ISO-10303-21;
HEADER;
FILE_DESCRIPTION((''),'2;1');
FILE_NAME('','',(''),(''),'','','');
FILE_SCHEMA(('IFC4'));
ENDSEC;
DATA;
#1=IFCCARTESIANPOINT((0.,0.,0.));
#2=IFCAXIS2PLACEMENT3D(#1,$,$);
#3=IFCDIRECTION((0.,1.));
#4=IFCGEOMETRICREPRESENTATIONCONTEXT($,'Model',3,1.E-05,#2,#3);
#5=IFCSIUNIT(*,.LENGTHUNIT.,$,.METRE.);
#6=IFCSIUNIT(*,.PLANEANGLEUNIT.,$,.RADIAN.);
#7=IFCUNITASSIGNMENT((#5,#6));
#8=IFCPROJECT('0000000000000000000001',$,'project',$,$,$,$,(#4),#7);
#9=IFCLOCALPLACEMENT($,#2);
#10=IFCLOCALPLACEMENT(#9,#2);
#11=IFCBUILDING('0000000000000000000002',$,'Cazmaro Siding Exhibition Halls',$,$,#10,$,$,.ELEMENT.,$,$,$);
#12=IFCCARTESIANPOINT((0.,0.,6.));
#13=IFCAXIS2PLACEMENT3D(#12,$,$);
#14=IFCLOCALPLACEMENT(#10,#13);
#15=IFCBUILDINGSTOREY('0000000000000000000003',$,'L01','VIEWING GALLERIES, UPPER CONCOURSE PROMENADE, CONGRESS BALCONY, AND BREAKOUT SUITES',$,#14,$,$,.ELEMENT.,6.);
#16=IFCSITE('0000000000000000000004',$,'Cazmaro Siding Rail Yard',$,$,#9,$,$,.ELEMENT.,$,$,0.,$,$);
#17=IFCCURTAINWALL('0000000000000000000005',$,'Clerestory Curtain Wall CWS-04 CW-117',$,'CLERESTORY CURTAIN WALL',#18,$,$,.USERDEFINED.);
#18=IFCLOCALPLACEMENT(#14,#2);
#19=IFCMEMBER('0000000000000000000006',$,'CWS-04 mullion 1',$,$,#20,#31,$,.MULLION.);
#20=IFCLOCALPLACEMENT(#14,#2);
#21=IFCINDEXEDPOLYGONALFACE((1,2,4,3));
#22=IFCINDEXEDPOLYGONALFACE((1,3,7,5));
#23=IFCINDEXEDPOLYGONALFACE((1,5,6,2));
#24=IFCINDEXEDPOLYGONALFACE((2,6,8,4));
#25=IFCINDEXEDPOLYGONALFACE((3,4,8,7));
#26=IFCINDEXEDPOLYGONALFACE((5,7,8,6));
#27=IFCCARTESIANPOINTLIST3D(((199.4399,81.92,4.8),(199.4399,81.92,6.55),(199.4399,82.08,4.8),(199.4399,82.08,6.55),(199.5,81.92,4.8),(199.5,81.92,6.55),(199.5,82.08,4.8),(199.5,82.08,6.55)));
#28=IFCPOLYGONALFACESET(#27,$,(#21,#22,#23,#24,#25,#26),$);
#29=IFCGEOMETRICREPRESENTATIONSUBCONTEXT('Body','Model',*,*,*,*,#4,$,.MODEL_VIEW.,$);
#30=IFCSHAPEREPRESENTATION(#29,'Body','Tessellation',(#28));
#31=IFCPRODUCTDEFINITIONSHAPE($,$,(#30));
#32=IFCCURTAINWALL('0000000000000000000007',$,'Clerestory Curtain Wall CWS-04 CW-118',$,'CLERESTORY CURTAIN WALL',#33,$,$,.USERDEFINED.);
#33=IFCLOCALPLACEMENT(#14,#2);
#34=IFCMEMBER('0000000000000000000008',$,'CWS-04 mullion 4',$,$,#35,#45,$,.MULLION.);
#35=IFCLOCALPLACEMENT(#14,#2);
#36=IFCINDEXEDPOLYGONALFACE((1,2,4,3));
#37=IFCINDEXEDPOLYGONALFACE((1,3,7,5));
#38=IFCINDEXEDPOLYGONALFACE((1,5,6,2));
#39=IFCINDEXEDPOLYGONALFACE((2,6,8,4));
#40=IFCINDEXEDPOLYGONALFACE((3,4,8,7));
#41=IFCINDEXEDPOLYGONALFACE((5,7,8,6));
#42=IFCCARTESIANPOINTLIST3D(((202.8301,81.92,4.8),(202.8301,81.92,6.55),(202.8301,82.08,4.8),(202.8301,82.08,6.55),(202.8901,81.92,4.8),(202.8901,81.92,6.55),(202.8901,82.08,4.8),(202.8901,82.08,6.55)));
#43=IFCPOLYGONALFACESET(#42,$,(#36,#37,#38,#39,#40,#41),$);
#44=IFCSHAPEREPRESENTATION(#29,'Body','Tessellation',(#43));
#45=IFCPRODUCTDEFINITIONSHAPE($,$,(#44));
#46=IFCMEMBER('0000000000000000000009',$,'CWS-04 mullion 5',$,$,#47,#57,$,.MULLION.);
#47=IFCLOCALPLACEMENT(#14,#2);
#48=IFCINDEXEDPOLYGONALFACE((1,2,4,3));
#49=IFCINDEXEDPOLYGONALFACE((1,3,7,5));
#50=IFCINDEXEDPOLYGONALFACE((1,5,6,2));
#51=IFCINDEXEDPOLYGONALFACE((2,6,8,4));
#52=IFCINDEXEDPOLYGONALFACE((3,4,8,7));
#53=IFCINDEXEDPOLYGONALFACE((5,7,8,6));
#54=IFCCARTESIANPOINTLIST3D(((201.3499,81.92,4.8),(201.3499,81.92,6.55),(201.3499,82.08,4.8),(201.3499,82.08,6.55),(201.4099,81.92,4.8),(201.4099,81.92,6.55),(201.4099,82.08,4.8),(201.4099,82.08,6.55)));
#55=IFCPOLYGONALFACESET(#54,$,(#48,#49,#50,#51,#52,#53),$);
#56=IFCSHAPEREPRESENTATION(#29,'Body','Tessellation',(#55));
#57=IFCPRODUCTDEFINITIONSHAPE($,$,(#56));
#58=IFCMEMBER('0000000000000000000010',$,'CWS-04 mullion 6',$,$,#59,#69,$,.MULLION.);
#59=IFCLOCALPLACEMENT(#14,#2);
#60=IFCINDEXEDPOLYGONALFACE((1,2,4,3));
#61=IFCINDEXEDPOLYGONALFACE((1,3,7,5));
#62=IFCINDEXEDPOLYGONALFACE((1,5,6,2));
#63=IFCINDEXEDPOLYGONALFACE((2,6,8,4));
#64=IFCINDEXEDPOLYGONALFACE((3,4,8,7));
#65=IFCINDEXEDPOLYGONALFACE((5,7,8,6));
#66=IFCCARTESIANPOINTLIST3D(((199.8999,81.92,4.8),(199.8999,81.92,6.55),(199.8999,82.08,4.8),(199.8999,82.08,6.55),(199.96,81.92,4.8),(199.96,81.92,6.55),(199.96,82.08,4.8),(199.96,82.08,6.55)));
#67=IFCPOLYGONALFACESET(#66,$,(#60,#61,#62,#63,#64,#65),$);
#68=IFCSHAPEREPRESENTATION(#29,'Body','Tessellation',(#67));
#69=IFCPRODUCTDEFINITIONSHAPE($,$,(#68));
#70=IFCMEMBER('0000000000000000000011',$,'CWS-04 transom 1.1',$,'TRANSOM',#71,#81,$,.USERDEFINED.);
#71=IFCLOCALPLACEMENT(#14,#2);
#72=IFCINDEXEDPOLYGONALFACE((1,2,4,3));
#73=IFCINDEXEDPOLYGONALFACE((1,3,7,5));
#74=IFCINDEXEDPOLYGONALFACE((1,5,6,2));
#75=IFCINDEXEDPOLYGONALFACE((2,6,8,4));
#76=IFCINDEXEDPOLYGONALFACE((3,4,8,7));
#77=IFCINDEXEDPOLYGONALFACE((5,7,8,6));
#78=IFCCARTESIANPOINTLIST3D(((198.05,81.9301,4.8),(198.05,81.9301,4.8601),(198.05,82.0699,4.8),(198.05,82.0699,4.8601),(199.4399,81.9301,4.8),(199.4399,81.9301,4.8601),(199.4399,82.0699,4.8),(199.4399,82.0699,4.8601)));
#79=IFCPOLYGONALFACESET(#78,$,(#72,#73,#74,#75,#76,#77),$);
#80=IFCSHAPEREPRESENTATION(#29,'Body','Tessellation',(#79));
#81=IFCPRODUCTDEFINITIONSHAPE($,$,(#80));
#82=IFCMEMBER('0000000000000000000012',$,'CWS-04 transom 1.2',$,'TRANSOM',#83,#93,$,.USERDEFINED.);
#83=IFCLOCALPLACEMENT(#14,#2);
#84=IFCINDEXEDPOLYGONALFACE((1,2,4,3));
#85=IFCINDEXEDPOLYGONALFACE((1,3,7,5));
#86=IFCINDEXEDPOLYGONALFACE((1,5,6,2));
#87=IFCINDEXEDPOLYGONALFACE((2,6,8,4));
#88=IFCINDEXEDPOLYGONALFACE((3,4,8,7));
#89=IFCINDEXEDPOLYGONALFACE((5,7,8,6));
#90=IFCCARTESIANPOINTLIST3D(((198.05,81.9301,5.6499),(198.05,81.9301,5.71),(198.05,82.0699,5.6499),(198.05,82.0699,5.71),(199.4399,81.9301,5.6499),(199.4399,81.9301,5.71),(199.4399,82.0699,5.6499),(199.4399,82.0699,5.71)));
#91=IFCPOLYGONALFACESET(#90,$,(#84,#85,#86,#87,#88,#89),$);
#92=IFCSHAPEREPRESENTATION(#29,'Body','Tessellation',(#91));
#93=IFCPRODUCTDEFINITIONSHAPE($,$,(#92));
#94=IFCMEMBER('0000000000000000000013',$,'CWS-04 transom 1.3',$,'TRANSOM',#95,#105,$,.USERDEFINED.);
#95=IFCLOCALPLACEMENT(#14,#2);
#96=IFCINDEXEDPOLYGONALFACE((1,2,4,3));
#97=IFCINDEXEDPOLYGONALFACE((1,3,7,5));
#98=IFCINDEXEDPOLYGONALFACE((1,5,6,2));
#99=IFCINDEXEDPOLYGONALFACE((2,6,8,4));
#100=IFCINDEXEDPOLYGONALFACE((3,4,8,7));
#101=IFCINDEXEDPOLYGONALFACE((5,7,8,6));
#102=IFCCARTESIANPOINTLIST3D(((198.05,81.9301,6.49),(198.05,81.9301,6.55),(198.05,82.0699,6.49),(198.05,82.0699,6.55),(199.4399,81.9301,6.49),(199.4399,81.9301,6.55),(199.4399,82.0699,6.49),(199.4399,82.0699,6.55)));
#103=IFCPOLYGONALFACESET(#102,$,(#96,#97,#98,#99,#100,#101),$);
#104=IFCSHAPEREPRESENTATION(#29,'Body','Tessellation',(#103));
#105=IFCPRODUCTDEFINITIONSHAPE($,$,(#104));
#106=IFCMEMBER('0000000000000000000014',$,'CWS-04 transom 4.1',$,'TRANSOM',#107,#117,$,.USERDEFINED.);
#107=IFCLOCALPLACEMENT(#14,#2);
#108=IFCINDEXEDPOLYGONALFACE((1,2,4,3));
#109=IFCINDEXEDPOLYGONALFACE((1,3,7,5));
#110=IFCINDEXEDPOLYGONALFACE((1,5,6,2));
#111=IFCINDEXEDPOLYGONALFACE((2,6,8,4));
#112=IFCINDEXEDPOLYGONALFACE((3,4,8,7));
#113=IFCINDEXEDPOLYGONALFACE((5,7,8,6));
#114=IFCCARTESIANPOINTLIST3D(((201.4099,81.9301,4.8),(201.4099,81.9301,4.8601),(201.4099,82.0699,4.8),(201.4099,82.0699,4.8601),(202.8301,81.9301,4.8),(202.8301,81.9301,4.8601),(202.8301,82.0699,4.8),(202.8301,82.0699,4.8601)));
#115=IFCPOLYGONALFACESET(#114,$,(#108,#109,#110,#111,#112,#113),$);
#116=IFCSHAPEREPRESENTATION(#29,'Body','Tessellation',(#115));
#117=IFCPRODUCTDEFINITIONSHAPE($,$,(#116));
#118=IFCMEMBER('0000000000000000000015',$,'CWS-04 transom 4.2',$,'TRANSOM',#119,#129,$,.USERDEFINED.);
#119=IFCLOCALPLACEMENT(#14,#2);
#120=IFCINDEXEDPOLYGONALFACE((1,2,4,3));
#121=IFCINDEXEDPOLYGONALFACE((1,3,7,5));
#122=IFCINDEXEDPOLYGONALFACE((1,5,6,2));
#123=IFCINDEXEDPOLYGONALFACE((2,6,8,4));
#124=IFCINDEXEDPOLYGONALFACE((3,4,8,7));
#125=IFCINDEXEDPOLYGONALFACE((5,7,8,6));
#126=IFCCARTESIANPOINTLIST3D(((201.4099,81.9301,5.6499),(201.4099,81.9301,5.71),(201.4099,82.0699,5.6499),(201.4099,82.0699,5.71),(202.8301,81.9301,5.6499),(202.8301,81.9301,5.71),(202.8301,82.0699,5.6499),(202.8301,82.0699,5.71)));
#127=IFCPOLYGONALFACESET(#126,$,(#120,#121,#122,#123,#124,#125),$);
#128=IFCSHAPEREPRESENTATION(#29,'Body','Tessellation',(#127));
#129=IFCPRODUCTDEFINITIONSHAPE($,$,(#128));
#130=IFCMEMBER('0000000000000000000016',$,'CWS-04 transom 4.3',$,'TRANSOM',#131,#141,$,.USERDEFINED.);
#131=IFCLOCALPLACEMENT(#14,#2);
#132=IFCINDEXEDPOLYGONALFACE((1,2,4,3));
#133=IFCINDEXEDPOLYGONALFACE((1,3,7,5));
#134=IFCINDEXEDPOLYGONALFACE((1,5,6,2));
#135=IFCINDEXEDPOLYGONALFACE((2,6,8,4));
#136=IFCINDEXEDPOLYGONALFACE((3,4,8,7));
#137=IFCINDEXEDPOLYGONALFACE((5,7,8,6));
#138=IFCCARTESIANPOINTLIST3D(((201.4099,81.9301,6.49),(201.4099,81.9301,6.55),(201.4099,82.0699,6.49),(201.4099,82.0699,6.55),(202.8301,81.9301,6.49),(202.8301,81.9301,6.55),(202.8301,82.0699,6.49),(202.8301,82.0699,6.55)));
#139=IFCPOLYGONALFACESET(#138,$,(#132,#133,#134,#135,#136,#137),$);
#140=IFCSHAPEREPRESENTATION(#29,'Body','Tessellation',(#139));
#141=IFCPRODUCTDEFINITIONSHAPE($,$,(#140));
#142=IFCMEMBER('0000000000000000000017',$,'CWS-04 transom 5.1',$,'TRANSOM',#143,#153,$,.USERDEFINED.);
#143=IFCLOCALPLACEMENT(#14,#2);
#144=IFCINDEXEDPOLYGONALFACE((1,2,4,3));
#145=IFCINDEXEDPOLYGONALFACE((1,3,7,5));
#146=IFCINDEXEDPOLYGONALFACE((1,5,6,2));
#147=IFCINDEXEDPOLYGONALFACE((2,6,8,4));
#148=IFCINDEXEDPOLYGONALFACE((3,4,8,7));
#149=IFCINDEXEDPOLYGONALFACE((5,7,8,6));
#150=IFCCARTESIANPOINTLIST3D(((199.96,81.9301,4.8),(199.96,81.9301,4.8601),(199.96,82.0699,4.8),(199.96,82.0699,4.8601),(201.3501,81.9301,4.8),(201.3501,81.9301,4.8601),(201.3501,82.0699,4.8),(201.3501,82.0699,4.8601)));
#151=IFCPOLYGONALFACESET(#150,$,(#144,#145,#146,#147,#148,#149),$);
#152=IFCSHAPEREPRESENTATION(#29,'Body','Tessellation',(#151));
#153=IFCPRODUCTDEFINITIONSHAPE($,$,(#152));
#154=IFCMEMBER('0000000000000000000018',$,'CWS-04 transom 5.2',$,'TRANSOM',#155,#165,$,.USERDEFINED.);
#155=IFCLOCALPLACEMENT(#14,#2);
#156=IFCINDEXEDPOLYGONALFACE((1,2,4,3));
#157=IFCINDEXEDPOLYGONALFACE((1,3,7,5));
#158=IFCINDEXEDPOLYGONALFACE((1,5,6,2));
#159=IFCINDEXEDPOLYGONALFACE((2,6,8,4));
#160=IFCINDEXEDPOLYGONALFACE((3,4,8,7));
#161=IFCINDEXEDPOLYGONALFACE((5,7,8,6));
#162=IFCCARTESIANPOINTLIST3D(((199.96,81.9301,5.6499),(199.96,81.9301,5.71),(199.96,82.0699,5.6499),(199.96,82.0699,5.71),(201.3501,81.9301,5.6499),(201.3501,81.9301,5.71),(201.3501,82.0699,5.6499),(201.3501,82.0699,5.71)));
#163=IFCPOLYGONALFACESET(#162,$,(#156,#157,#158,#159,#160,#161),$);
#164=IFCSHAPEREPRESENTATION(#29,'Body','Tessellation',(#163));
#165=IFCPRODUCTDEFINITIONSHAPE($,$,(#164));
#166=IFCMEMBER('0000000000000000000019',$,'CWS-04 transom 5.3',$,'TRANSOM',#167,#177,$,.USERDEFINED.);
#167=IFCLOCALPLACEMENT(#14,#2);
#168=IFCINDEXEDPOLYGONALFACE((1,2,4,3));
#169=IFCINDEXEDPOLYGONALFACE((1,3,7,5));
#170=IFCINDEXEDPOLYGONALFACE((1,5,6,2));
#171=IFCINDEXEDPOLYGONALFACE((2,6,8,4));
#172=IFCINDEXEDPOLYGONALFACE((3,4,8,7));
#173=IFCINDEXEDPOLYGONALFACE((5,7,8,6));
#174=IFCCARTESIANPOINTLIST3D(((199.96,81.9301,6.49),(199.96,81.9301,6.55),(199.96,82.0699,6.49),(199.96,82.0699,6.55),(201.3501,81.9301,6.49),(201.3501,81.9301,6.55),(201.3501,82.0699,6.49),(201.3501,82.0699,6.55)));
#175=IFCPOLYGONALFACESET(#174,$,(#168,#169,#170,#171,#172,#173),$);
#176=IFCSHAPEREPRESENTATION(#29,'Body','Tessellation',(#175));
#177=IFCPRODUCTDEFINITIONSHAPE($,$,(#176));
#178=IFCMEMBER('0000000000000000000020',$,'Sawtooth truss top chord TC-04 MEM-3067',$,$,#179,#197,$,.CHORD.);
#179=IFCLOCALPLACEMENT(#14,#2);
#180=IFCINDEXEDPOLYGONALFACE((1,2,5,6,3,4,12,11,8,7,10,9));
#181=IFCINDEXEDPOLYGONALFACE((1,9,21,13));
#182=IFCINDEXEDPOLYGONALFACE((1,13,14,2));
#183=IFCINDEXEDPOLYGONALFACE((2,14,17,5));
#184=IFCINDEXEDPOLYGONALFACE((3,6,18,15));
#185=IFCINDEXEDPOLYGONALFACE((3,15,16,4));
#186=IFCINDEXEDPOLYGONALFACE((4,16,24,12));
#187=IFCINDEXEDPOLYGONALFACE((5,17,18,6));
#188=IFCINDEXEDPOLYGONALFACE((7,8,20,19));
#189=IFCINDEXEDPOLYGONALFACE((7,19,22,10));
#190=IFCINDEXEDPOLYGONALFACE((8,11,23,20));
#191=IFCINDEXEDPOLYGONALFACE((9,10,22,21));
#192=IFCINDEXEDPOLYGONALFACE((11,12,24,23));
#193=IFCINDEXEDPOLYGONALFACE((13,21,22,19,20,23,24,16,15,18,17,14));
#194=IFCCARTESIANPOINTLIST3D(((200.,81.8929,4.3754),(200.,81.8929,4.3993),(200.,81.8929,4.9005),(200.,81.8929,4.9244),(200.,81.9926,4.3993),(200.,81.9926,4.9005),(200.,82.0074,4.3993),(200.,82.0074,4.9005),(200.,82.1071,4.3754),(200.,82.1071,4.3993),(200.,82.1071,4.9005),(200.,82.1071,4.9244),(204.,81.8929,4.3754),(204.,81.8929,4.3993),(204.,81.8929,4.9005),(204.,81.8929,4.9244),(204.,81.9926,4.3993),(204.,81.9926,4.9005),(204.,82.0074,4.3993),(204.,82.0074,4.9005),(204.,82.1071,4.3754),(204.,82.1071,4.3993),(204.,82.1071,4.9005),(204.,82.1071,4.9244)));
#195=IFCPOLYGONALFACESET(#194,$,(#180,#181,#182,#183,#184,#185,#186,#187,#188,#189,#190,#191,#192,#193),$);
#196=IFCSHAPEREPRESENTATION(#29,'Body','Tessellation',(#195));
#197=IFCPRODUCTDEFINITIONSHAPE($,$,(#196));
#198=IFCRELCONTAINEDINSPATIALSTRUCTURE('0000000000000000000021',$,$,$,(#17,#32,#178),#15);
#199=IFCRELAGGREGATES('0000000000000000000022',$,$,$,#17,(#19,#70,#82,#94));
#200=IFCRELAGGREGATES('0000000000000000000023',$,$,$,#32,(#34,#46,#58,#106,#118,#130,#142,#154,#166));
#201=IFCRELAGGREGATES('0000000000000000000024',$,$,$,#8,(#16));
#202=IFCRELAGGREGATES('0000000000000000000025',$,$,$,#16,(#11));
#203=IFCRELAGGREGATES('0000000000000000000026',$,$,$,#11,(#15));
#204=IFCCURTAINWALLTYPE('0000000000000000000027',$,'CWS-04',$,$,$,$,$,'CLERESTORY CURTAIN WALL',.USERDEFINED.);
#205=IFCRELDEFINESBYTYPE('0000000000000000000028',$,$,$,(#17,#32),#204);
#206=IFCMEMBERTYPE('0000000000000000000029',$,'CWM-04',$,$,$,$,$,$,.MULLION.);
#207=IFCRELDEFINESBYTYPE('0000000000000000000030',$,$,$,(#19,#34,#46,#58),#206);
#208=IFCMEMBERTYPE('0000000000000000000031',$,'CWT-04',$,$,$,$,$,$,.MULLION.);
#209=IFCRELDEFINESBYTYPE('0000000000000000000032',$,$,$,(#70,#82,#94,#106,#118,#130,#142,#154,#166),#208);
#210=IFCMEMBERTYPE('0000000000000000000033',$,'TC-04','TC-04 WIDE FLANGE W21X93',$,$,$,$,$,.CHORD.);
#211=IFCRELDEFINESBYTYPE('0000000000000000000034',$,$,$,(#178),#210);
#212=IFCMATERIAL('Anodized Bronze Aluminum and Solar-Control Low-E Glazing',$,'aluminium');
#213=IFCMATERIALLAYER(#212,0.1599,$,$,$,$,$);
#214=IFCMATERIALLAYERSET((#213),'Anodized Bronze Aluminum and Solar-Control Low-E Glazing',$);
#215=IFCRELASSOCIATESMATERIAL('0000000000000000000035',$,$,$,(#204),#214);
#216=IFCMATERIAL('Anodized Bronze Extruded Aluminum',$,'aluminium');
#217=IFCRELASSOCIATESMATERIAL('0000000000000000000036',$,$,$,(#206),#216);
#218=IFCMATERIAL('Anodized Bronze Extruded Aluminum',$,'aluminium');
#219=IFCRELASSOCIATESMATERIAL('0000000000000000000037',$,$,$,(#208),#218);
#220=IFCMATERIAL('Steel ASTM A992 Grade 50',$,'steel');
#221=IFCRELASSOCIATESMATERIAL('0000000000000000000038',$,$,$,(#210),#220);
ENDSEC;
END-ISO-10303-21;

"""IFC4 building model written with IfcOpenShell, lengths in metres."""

from ifc_helpers import new_model, si_unit, direction, frame, origin, origin_2d, place, context, subcontext, project, spatial, rectangle, i_section, extrude, material, layer, layer_set, material_profile, profile_set, type_object, element, aggregate, save


model = new_model("IFC4")

# Units and contexts
model_context = context("Model", 3, precision=1e-05, world=origin(), true_north=direction((0.0, 1.0)))
body_context = subcontext(model_context, "Body", "Model", "MODEL_VIEW")
ifc_project = project(units=[si_unit("LENGTHUNIT", "METRE"), si_unit("PLANEANGLEUNIT", "RADIAN")], contexts=[model_context])

# Site, building, storey
site_placement = place(None, origin())
site = spatial("IfcSite", under=ifc_project, at=site_placement, Name="Cazmaro Siding Rail Yard", CompositionType="ELEMENT", RefElevation=0.0)
building_placement = place(site_placement, origin())
building = spatial("IfcBuilding", under=site, at=building_placement, Name="Cazmaro Siding Exhibition Halls", CompositionType="ELEMENT")
storey_placement = place(building_placement, frame((0.0, 0.0, 6.0)))
storey = spatial("IfcBuildingStorey", under=building, at=storey_placement, Name="L01", Description="VIEWING GALLERIES, UPPER CONCOURSE PROMENADE, CONGRESS BALCONY, AND BREAKOUT SUITES", CompositionType="ELEMENT", Elevation=6.0)

# Curtain wall, member
ifc_material_1 = material(Name="Anodized Bronze Aluminum and Solar-Control Low-E Glazing", Category="aluminium")
ifc_layer_1 = layer(ifc_material_1, 0.1599)
ifc_layer_set_1 = layer_set([ifc_layer_1], Name="Anodized Bronze Aluminum and Solar-Control Low-E Glazing")
curtain_wall_type = type_object("IfcCurtainWallType", Name="CWS-04", ElementType="CLERESTORY CURTAIN WALL", PredefinedType="USERDEFINED", material=ifc_layer_set_1)
curtain_wall_1_placement = place(storey_placement, origin())
curtain_wall_1 = element("IfcCurtainWall", 1, at=curtain_wall_1_placement, inside=storey, type_object=curtain_wall_type, Name="Clerestory Curtain Wall CWS-04 CW-117", ObjectType="CLERESTORY CURTAIN WALL", PredefinedType="USERDEFINED")
ifc_material_2 = material(Name="Anodized Bronze Extruded Aluminum", Category="aluminium")
ifc_material_profile_1 = material_profile(ifc_material_2, rectangle(XDim=0.1599, YDim=0.0601, at=origin_2d()), Name="CWM-04")
ifc_profile_set_1 = profile_set([ifc_material_profile_1], Name="Anodized Bronze Extruded Aluminum")
member_type_1 = type_object("IfcMemberType", Name="CWM-04", PredefinedType="MULLION", material=ifc_profile_set_1)
member_1_placement = place(storey_placement, frame((199.47, 82.0, 4.8), z_axis=(0.0, 0.0, 1.0), x_axis=(0.0, -1.0, 0.0)))
member_1 = element("IfcMember", 2, at=member_1_placement, type_object=member_type_1, Name="CWS-04 mullion 1", PredefinedType="MULLION", context=body_context, shape_type="SweptSolid", body=[
    extrude(rectangle(XDim=0.1599, YDim=0.0601, at=origin_2d()), origin(), (0.0, 0.0, 1.0), 1.75),
])

# Curtain wall, members
curtain_wall_2_placement = place(storey_placement, origin())
curtain_wall_2 = element("IfcCurtainWall", 3, at=curtain_wall_2_placement, inside=storey, type_object=curtain_wall_type, Name="Clerestory Curtain Wall CWS-04 CW-118", ObjectType="CLERESTORY CURTAIN WALL", PredefinedType="USERDEFINED")
member_2_placement = place(storey_placement, frame((202.8601, 82.0, 4.8), z_axis=(0.0, 0.0, 1.0), x_axis=(0.0, -1.0, 0.0)))
member_2 = element("IfcMember", 4, at=member_2_placement, type_object=member_type_1, Name="CWS-04 mullion 4", PredefinedType="MULLION", context=body_context, shape_type="SweptSolid", body=[
    extrude(rectangle(XDim=0.1599, YDim=0.0601, at=origin_2d()), origin(), (0.0, 0.0, 1.0), 1.75),
])
member_3_placement = place(storey_placement, frame((201.3799, 82.0, 4.8), z_axis=(0.0, 0.0, 1.0), x_axis=(0.0, -1.0, 0.0)))
member_3 = element("IfcMember", 5, at=member_3_placement, type_object=member_type_1, Name="CWS-04 mullion 5", PredefinedType="MULLION", context=body_context, shape_type="SweptSolid", body=[
    extrude(rectangle(XDim=0.1599, YDim=0.0601, at=origin_2d()), origin(), (0.0, 0.0, 1.0), 1.75),
])
member_4_placement = place(storey_placement, frame((199.9299, 82.0, 4.8), z_axis=(0.0, 0.0, 1.0), x_axis=(0.0, -1.0, 0.0)))
member_4 = element("IfcMember", 6, at=member_4_placement, type_object=member_type_1, Name="CWS-04 mullion 6", PredefinedType="MULLION", context=body_context, shape_type="SweptSolid", body=[
    extrude(rectangle(XDim=0.1599, YDim=0.0601, at=origin_2d()), origin(), (0.0, 0.0, 1.0), 1.75),
])

# Members
ifc_material_3 = material(Name="Anodized Bronze Extruded Aluminum", Category="aluminium")
ifc_material_profile_2 = material_profile(ifc_material_3, rectangle(XDim=0.1399, YDim=0.0601, at=origin_2d()), Name="CWT-04")
ifc_profile_set_2 = profile_set([ifc_material_profile_2], Name="Anodized Bronze Extruded Aluminum")
member_type_2 = type_object("IfcMemberType", Name="CWT-04", PredefinedType="MULLION", material=ifc_profile_set_2)
member_5_placement = place(storey_placement, frame((199.4399, 82.0, 4.8301), z_axis=(-1.0, 0.0, 0.0), x_axis=(0.0, -1.0, 0.0)))
member_5 = element("IfcMember", 7, at=member_5_placement, type_object=member_type_2, Name="CWS-04 transom 1.1", ObjectType="TRANSOM", PredefinedType="USERDEFINED", context=body_context, shape_type="SweptSolid", body=[
    extrude(rectangle(XDim=0.1399, YDim=0.0601, at=origin_2d()), origin(), (0.0, 0.0, 1.0), 1.3899),
])
member_6_placement = place(storey_placement, frame((199.4399, 82.0, 5.6799), z_axis=(-1.0, 0.0, 0.0), x_axis=(0.0, -1.0, 0.0)))
member_6 = element("IfcMember", 8, at=member_6_placement, type_object=member_type_2, Name="CWS-04 transom 1.2", ObjectType="TRANSOM", PredefinedType="USERDEFINED", context=body_context, shape_type="SweptSolid", body=[
    extrude(rectangle(XDim=0.1399, YDim=0.0601, at=origin_2d()), origin(), (0.0, 0.0, 1.0), 1.3899),
])
member_7_placement = place(storey_placement, frame((199.4399, 82.0, 6.52), z_axis=(-1.0, 0.0, 0.0), x_axis=(0.0, -1.0, 0.0)))
member_7 = element("IfcMember", 9, at=member_7_placement, type_object=member_type_2, Name="CWS-04 transom 1.3", ObjectType="TRANSOM", PredefinedType="USERDEFINED", context=body_context, shape_type="SweptSolid", body=[
    extrude(rectangle(XDim=0.1399, YDim=0.0601, at=origin_2d()), origin(), (0.0, 0.0, 1.0), 1.3899),
])
aggregate(curtain_wall_1, [member_1, member_5, member_6, member_7])
member_8_placement = place(storey_placement, frame((202.8301, 82.0, 4.8301), z_axis=(-1.0, 0.0, 0.0), x_axis=(0.0, -1.0, 0.0)))
member_8 = element("IfcMember", 10, at=member_8_placement, type_object=member_type_2, Name="CWS-04 transom 4.1", ObjectType="TRANSOM", PredefinedType="USERDEFINED", context=body_context, shape_type="SweptSolid", body=[
    extrude(rectangle(XDim=0.1399, YDim=0.0601, at=origin_2d()), origin(), (0.0, 0.0, 1.0), 1.4202),
])
member_9_placement = place(storey_placement, frame((202.8301, 82.0, 5.6799), z_axis=(-1.0, 0.0, 0.0), x_axis=(0.0, -1.0, 0.0)))
member_9 = element("IfcMember", 11, at=member_9_placement, type_object=member_type_2, Name="CWS-04 transom 4.2", ObjectType="TRANSOM", PredefinedType="USERDEFINED", context=body_context, shape_type="SweptSolid", body=[
    extrude(rectangle(XDim=0.1399, YDim=0.0601, at=origin_2d()), origin(), (0.0, 0.0, 1.0), 1.4202),
])
member_10_placement = place(storey_placement, frame((202.8301, 82.0, 6.52), z_axis=(-1.0, 0.0, 0.0), x_axis=(0.0, -1.0, 0.0)))
member_10 = element("IfcMember", 12, at=member_10_placement, type_object=member_type_2, Name="CWS-04 transom 4.3", ObjectType="TRANSOM", PredefinedType="USERDEFINED", context=body_context, shape_type="SweptSolid", body=[
    extrude(rectangle(XDim=0.1399, YDim=0.0601, at=origin_2d()), origin(), (0.0, 0.0, 1.0), 1.4202),
])
member_11_placement = place(storey_placement, frame((201.3501, 82.0, 4.8301), z_axis=(-1.0, 0.0, 0.0), x_axis=(0.0, -1.0, 0.0)))
member_11 = element("IfcMember", 13, at=member_11_placement, type_object=member_type_2, Name="CWS-04 transom 5.1", ObjectType="TRANSOM", PredefinedType="USERDEFINED", context=body_context, shape_type="SweptSolid", body=[
    extrude(rectangle(XDim=0.1399, YDim=0.0601, at=origin_2d()), origin(), (0.0, 0.0, 1.0), 1.3901),
])
member_12_placement = place(storey_placement, frame((201.3501, 82.0, 5.6799), z_axis=(-1.0, 0.0, 0.0), x_axis=(0.0, -1.0, 0.0)))
member_12 = element("IfcMember", 14, at=member_12_placement, type_object=member_type_2, Name="CWS-04 transom 5.2", ObjectType="TRANSOM", PredefinedType="USERDEFINED", context=body_context, shape_type="SweptSolid", body=[
    extrude(rectangle(XDim=0.1399, YDim=0.0601, at=origin_2d()), origin(), (0.0, 0.0, 1.0), 1.3901),
])
member_13_placement = place(storey_placement, frame((201.3501, 82.0, 6.52), z_axis=(-1.0, 0.0, 0.0), x_axis=(0.0, -1.0, 0.0)))
member_13 = element("IfcMember", 15, at=member_13_placement, type_object=member_type_2, Name="CWS-04 transom 5.3", ObjectType="TRANSOM", PredefinedType="USERDEFINED", context=body_context, shape_type="SweptSolid", body=[
    extrude(rectangle(XDim=0.1399, YDim=0.0601, at=origin_2d()), origin(), (0.0, 0.0, 1.0), 1.3901),
])

# Member
ifc_material_4 = material(Name="Steel ASTM A992 Grade 50", Category="steel")
ifc_material_profile_3 = material_profile(ifc_material_4, i_section(OverallWidth=0.2141, OverallDepth=0.5491, WebThickness=0.0149, FlangeThickness=0.0239, at=origin_2d()), Name="W21X93")
ifc_profile_set_3 = profile_set([ifc_material_profile_3], Name="Steel ASTM A992 Grade 50")
member_type_3 = type_object("IfcMemberType", Name="TC-04", Description="TC-04 WIDE FLANGE W21X93", PredefinedType="CHORD", material=ifc_profile_set_3)
member_14_placement = place(storey_placement, frame((200.0, 82.0, 4.6499), z_axis=(1.0, 0.0, 0.0), x_axis=(0.0, 1.0, 0.0)))
element("IfcMember", 16, at=member_14_placement, inside=storey, type_object=member_type_3, Name="Sawtooth truss top chord TC-04 MEM-3067", PredefinedType="CHORD", context=body_context, shape_type="SweptSolid", body=[
    extrude(i_section(OverallWidth=0.2141, OverallDepth=0.5491, WebThickness=0.0149, FlangeThickness=0.0239, at=origin_2d()), origin(), (0.0, 0.0, 1.0), 4.0),
])

aggregate(curtain_wall_2, [member_2, member_3, member_4, member_8, member_9, member_10, member_11, member_12, member_13])

save(model, "model.ifc")
